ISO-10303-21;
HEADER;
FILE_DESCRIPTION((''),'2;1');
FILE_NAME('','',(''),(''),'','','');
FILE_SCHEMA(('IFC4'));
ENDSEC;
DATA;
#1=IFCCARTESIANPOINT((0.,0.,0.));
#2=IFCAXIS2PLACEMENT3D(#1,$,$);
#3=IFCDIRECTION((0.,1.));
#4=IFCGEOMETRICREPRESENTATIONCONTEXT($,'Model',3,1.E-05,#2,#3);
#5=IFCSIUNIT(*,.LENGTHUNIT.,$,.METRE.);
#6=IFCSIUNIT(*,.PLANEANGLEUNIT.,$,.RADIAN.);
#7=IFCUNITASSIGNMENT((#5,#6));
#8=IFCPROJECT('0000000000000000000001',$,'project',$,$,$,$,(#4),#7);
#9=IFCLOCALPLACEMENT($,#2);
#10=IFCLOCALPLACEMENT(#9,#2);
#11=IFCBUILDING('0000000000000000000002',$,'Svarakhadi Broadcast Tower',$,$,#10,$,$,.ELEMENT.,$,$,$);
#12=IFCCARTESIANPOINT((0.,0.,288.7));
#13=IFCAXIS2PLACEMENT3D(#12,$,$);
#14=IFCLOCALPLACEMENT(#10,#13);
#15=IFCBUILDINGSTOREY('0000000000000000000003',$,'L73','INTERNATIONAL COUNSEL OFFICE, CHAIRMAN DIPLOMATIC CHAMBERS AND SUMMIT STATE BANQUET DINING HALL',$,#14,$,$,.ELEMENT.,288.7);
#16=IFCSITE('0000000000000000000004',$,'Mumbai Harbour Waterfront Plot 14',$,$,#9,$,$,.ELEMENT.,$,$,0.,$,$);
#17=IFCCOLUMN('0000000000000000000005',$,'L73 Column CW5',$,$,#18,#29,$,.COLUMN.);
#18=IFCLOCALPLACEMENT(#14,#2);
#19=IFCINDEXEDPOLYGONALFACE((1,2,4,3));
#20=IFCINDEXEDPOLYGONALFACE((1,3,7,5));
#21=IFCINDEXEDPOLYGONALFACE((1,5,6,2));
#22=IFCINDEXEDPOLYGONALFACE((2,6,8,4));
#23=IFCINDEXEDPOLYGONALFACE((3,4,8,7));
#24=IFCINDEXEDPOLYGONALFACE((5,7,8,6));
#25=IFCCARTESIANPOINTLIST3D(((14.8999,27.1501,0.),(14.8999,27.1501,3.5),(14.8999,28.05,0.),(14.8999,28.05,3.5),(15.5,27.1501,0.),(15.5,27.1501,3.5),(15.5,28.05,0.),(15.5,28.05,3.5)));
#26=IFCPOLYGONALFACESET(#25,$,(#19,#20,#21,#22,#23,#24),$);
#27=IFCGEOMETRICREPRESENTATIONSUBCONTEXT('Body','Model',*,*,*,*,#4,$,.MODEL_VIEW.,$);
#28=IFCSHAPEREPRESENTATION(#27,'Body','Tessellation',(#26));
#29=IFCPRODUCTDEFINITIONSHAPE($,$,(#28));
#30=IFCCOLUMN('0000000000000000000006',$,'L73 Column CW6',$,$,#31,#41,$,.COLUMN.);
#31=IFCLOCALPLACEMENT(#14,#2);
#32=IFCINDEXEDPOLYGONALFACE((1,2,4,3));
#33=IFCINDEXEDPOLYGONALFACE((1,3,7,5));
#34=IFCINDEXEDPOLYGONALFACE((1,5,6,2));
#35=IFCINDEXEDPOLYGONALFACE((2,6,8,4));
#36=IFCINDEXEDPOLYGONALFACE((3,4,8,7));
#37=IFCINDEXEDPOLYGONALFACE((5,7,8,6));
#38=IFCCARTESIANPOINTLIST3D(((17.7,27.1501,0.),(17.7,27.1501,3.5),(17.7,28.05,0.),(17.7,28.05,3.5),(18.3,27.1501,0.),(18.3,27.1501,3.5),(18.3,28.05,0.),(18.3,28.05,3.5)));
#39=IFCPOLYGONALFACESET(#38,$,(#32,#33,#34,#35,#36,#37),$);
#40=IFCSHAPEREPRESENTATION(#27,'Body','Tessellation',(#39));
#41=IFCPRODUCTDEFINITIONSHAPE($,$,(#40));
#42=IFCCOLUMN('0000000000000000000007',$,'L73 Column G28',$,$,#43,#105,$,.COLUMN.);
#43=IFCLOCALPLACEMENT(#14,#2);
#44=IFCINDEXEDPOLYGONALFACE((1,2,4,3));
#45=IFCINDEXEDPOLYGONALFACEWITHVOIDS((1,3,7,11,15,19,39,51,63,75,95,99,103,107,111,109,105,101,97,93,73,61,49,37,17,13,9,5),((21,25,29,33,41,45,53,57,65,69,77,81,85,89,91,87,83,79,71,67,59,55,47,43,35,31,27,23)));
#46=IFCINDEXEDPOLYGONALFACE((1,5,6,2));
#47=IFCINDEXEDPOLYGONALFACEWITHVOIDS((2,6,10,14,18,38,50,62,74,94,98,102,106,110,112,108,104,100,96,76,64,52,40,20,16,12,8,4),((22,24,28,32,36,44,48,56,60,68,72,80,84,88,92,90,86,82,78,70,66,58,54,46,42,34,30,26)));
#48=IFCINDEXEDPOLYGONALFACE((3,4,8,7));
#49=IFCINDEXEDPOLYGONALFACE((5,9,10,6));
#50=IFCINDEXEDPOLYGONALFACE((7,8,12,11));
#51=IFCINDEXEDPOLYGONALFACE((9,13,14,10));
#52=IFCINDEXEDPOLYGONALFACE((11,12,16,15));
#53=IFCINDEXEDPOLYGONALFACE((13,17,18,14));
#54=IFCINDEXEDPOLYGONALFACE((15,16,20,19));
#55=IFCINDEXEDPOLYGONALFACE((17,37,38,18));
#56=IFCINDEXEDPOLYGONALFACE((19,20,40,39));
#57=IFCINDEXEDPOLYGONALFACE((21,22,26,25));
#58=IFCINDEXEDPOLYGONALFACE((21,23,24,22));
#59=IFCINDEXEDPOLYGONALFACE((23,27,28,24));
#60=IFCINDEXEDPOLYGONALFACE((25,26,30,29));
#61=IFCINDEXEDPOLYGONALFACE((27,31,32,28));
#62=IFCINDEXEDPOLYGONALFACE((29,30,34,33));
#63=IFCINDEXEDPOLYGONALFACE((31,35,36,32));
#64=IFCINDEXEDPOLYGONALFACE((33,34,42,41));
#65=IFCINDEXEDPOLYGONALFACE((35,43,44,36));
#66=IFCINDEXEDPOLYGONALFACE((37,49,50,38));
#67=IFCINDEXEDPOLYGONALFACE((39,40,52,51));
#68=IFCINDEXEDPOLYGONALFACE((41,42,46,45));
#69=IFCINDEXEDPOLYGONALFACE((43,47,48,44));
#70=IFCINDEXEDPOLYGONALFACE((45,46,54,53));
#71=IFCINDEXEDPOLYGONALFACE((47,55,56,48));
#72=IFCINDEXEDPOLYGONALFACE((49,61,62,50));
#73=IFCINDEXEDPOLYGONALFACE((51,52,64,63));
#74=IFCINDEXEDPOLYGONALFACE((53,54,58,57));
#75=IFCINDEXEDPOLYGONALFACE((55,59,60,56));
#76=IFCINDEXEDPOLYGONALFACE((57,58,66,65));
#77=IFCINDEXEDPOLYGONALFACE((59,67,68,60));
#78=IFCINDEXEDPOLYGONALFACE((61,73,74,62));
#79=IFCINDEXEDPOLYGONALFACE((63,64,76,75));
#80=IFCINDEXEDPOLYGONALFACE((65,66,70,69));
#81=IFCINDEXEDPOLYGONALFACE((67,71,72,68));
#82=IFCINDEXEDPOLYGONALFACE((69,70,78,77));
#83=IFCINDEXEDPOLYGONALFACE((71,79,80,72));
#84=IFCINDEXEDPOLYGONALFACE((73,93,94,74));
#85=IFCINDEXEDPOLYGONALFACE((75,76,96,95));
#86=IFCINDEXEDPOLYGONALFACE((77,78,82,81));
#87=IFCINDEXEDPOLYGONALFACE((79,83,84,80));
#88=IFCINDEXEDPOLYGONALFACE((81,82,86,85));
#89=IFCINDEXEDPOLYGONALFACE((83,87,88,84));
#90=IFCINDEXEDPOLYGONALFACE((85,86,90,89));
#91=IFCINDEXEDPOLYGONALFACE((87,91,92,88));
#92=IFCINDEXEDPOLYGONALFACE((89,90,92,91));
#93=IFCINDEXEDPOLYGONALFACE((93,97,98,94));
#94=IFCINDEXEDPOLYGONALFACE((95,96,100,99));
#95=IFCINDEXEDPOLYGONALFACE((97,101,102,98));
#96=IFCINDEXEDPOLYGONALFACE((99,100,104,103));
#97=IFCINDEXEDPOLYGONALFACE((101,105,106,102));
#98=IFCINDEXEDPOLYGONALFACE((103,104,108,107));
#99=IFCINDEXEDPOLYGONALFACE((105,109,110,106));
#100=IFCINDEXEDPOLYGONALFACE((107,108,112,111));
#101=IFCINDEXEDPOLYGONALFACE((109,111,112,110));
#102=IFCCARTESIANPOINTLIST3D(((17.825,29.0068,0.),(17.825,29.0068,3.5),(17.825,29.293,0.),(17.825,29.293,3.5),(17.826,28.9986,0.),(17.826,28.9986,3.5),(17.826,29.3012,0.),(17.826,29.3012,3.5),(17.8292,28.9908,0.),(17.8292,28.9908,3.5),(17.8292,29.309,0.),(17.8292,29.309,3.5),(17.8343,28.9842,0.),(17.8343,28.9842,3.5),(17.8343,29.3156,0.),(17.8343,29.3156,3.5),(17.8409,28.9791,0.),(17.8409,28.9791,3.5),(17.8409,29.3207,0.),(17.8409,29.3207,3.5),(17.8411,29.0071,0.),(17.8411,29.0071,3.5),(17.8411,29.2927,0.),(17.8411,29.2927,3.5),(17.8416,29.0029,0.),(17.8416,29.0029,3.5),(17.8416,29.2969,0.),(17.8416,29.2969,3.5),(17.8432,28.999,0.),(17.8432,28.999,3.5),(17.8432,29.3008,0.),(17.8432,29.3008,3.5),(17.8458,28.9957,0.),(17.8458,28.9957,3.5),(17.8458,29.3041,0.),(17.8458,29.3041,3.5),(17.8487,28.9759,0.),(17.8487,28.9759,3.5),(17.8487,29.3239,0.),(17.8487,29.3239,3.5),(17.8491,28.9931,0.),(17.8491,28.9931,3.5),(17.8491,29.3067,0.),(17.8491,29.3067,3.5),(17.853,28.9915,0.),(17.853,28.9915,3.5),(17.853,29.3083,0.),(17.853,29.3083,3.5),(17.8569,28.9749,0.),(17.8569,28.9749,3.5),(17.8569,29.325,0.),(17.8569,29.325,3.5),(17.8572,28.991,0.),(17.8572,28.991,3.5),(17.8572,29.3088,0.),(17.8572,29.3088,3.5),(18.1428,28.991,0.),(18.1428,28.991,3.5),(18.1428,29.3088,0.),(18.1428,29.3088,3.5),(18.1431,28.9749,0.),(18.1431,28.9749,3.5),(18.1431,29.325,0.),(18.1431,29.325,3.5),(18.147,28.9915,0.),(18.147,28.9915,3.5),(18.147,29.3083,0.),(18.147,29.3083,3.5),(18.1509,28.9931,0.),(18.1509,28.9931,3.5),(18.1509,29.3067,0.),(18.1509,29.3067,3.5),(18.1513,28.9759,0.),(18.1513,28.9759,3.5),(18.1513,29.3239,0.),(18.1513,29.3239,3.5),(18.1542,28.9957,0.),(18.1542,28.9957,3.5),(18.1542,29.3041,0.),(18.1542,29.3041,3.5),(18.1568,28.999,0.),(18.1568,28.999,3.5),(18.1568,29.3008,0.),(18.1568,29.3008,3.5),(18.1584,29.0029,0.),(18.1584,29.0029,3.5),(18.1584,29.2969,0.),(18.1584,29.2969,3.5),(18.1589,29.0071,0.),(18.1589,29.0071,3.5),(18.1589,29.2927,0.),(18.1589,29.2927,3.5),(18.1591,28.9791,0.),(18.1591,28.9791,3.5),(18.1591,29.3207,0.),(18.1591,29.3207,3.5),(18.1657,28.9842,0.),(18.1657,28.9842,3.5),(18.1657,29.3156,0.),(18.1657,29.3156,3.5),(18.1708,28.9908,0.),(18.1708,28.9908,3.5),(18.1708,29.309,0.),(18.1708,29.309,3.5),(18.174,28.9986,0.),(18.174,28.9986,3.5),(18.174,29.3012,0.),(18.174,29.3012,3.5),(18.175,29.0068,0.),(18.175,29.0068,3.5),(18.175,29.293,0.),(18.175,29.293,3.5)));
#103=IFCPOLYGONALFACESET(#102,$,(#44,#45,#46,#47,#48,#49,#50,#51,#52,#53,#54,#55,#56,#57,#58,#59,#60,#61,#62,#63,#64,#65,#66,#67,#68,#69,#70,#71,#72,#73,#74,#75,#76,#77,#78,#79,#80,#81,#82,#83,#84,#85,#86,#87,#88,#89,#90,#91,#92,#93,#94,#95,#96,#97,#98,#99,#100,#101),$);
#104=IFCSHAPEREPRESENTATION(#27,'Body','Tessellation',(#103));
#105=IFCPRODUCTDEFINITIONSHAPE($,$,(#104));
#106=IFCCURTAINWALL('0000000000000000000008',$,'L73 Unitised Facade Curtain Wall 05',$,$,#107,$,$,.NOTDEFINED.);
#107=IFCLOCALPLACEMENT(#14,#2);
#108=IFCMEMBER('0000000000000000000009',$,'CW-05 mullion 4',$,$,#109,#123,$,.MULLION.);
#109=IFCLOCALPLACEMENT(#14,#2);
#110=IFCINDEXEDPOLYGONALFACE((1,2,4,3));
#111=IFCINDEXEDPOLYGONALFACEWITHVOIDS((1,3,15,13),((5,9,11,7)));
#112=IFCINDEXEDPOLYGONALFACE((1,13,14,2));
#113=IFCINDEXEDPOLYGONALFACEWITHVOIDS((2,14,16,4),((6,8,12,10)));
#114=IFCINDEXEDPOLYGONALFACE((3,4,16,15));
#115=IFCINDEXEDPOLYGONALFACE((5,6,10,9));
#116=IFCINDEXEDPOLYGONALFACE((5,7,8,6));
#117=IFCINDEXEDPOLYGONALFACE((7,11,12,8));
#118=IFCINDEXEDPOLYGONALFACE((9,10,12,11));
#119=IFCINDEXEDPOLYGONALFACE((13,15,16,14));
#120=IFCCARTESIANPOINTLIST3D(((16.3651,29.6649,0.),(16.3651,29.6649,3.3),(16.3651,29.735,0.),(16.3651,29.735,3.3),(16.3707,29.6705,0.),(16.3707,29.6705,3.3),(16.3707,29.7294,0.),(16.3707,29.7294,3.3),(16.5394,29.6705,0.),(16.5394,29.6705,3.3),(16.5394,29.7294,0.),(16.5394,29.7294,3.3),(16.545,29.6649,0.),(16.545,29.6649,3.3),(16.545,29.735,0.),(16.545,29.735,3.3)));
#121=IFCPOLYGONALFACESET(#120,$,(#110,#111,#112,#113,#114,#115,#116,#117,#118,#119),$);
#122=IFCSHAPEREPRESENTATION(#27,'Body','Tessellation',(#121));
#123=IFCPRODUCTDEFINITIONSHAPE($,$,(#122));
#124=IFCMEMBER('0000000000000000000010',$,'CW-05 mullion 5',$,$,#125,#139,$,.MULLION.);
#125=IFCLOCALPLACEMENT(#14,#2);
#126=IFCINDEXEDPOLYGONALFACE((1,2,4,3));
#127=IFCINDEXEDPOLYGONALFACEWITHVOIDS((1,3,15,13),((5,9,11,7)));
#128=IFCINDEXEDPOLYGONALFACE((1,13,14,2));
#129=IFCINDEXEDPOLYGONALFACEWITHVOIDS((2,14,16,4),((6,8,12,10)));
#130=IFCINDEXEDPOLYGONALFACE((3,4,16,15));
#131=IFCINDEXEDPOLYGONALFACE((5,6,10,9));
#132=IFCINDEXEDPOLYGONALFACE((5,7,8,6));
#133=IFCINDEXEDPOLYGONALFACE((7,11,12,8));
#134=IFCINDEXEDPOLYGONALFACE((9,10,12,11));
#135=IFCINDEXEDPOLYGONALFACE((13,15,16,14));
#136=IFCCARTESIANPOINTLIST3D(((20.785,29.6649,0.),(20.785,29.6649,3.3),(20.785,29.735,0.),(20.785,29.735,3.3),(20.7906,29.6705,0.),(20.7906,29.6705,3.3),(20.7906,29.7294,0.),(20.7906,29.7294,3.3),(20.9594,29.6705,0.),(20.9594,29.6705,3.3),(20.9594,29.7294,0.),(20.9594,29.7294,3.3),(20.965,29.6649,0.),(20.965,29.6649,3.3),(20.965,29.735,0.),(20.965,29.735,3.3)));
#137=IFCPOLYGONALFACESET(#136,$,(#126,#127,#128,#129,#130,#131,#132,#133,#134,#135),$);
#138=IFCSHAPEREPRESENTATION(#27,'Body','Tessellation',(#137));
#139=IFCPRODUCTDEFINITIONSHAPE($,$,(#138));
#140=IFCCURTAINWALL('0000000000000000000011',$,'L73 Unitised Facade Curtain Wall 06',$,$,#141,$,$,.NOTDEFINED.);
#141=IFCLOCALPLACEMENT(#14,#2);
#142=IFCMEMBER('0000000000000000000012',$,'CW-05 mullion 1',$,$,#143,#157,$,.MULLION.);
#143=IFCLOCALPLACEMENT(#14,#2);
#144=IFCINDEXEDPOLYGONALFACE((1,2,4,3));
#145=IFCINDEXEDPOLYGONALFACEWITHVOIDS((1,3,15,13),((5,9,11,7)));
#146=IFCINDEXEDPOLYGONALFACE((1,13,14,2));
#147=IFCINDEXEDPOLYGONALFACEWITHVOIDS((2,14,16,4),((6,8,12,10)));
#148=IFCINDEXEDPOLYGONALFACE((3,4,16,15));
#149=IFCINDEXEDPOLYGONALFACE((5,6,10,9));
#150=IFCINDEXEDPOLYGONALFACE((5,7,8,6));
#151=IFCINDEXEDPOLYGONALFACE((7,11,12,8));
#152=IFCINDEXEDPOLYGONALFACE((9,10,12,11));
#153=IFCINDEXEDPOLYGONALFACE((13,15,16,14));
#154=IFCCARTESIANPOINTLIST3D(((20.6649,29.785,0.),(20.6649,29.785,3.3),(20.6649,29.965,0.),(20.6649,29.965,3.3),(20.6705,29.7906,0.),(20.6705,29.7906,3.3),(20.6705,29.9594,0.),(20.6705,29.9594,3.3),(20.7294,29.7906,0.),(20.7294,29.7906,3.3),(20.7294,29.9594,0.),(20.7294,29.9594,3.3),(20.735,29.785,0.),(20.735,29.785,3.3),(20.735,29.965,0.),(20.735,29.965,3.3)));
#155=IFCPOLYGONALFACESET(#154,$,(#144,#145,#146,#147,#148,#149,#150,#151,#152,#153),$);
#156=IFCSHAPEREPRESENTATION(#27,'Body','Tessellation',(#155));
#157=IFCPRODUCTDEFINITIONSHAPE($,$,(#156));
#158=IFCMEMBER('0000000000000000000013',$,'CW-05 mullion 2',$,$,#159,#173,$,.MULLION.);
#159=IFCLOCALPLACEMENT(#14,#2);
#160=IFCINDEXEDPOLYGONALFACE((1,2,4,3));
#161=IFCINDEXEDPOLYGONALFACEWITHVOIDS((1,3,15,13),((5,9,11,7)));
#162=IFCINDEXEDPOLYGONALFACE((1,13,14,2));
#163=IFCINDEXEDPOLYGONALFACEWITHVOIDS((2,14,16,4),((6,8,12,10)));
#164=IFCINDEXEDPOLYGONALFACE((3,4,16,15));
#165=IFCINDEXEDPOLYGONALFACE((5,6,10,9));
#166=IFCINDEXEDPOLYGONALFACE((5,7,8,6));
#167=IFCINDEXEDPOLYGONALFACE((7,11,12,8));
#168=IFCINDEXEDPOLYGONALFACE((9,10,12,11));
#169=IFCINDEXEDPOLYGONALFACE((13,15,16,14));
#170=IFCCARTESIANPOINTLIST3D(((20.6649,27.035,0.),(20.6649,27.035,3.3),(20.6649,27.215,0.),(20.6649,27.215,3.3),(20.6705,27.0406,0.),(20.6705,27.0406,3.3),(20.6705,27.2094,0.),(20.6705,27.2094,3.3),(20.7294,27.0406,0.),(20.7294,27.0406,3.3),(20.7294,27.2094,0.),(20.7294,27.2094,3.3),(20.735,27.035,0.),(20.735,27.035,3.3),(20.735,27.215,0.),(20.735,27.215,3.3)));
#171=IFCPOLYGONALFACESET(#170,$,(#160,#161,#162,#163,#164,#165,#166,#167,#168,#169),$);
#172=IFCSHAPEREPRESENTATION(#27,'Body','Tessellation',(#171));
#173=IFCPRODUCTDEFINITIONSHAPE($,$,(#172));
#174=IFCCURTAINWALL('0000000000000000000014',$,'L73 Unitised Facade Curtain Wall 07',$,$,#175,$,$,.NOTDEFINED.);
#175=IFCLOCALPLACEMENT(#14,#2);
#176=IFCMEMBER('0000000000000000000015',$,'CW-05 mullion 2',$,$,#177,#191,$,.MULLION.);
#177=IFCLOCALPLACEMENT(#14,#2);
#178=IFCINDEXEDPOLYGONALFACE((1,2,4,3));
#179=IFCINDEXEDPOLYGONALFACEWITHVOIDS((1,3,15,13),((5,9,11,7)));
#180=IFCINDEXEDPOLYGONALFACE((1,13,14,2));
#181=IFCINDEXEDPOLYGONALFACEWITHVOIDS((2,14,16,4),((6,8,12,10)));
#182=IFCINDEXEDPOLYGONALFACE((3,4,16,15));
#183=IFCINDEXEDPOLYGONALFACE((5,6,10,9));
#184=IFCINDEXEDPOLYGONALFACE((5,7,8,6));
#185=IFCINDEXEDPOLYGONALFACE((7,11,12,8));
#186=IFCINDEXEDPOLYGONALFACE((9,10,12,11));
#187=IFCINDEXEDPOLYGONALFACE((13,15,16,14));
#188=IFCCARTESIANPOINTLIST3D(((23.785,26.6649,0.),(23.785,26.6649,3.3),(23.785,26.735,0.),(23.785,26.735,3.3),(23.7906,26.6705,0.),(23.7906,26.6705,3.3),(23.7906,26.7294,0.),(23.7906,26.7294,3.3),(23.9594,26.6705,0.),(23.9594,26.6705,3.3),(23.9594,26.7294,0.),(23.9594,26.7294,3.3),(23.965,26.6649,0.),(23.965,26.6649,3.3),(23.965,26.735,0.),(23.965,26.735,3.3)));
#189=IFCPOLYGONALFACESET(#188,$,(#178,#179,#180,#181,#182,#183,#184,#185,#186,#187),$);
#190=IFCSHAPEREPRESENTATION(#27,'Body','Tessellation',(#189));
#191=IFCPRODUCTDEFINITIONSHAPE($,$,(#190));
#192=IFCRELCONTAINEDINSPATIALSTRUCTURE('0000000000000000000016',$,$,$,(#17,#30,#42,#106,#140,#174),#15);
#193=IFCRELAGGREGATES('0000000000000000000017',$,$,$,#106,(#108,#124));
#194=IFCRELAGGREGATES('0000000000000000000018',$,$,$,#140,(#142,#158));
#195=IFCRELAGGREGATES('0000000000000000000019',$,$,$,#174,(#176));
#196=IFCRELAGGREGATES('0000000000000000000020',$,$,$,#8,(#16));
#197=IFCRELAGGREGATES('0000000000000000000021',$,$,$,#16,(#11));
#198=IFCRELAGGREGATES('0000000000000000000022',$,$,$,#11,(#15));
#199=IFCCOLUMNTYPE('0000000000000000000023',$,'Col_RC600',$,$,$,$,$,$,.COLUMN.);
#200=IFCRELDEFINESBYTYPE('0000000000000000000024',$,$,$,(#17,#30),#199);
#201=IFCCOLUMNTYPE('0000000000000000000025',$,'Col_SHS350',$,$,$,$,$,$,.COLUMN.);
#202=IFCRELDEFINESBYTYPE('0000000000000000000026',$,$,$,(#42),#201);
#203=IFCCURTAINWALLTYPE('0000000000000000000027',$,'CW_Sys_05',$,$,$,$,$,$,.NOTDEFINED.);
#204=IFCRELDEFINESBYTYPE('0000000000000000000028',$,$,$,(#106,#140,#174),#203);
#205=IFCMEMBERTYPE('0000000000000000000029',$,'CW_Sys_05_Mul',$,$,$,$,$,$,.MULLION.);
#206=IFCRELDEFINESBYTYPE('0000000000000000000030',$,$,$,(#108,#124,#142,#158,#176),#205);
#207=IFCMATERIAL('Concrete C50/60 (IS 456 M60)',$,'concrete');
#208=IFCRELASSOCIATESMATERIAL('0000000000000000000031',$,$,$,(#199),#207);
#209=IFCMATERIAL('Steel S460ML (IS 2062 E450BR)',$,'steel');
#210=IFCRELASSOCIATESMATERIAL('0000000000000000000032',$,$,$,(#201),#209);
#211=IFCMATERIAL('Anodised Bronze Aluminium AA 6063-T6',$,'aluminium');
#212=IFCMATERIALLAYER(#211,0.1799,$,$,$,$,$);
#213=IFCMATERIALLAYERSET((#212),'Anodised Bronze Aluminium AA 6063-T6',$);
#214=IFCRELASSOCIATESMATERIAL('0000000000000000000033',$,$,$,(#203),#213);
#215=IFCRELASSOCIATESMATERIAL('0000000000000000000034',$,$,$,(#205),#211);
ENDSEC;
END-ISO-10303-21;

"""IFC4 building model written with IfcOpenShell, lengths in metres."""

from ifc_helpers import new_model, si_unit, direction, frame, origin, origin_2d, place, context, subcontext, project, spatial, rectangle, hollow_rectangle, extrude, material, layer, layer_set, material_profile, profile_set, type_object, element, aggregate, save


model = new_model("IFC4")

# Units and contexts
model_context = context("Model", 3, precision=1e-05, world=origin(), true_north=direction((0.0, 1.0)))
body_context = subcontext(model_context, "Body", "Model", "MODEL_VIEW")
ifc_project = project(units=[si_unit("LENGTHUNIT", "METRE"), si_unit("PLANEANGLEUNIT", "RADIAN")], contexts=[model_context])

# Site, building, storey
site_placement = place(None, origin())
site = spatial("IfcSite", under=ifc_project, at=site_placement, Name="Mumbai Harbour Waterfront Plot 14", CompositionType="ELEMENT", RefElevation=0.0)
building_placement = place(site_placement, origin())
building = spatial("IfcBuilding", under=site, at=building_placement, Name="Svarakhadi Broadcast Tower", CompositionType="ELEMENT")
storey_placement = place(building_placement, frame((0.0, 0.0, 288.7)))
storey = spatial("IfcBuildingStorey", under=building, at=storey_placement, Name="L73", Description="INTERNATIONAL COUNSEL OFFICE, CHAIRMAN DIPLOMATIC CHAMBERS AND SUMMIT STATE BANQUET DINING HALL", CompositionType="ELEMENT", Elevation=288.7)

# Columns
ifc_material_1 = material(Name="Concrete C50/60 (IS 456 M60)", Category="concrete")
ifc_material_profile_1 = material_profile(ifc_material_1, rectangle(XDim=0.6001, YDim=0.8999, at=origin_2d()), Name="RC 600x900")
ifc_profile_set_1 = profile_set([ifc_material_profile_1], Name="Concrete C50/60 (IS 456 M60)")
column_type_1 = type_object("IfcColumnType", Name="Col_RC600", PredefinedType="COLUMN", material=ifc_profile_set_1)
for number, where, z_axis, x_axis, name in (
    (1, (15.2, 27.6001, 0.0), (0.0, 0.0, 1.0), (1.0, 0.0, 0.0), "L73 Column CW5"),
    (2, (18.0, 27.6001, 0.0), (0.0, 0.0, 1.0), (1.0, 0.0, 0.0), "L73 Column CW6"),
):
    element("IfcColumn", number, at=place(storey_placement, frame(where, z_axis=z_axis, x_axis=x_axis)), inside=storey, type_object=column_type_1, Name=name, PredefinedType="COLUMN", context=body_context, shape_type="SweptSolid", body=[
        extrude(rectangle(XDim=0.6001, YDim=0.8999, at=origin_2d()), origin(), (0.0, 0.0, 1.0), 3.5),
    ])
ifc_material_2 = material(Name="Steel S460ML (IS 2062 E450BR)", Category="steel")
ifc_material_profile_2 = material_profile(ifc_material_2, hollow_rectangle(XDim=0.3501, YDim=0.3501, WallThickness=0.0161, InnerFilletRadius=0.0161, OuterFilletRadius=0.032, at=origin_2d()), Name="SHS 350x350x16")
ifc_profile_set_2 = profile_set([ifc_material_profile_2], Name="Steel S460ML (IS 2062 E450BR)")
column_type_2 = type_object("IfcColumnType", Name="Col_SHS350", PredefinedType="COLUMN", material=ifc_profile_set_2)
column_placement = place(storey_placement, frame((18.0, 29.1499, 0.0), z_axis=(0.0, 0.0, 1.0), x_axis=(1.0, 0.0, 0.0)))
element("IfcColumn", 3, at=column_placement, inside=storey, type_object=column_type_2, Name="L73 Column G28", PredefinedType="COLUMN", context=body_context, shape_type="SweptSolid", body=[
    extrude(hollow_rectangle(XDim=0.3501, YDim=0.3501, WallThickness=0.0161, InnerFilletRadius=0.0161, OuterFilletRadius=0.032, at=origin_2d()), origin(), (0.0, 0.0, 1.0), 3.5),
])

# Curtain walls, members
ifc_material_3 = material(Name="Anodised Bronze Aluminium AA 6063-T6", Category="aluminium")
ifc_layer_1 = layer(ifc_material_3, 0.1799)
ifc_layer_set_1 = layer_set([ifc_layer_1], Name="Anodised Bronze Aluminium AA 6063-T6")
curtain_wall_type = type_object("IfcCurtainWallType", Name="CW_Sys_05", PredefinedType="NOTDEFINED", material=ifc_layer_set_1)
curtain_wall_1_placement = place(storey_placement, origin())
curtain_wall_1 = element("IfcCurtainWall", 4, at=curtain_wall_1_placement, inside=storey, type_object=curtain_wall_type, Name="L73 Unitised Facade Curtain Wall 05", PredefinedType="NOTDEFINED")
ifc_material_profile_3 = material_profile(ifc_material_3, hollow_rectangle(XDim=0.0701, YDim=0.1799, WallThickness=0.0056, at=origin_2d()), Name="ALU MULLION 180x70x6")
ifc_profile_set_3 = profile_set([ifc_material_profile_3], Name="Anodised Bronze Aluminium AA 6063-T6")
member_type_1 = type_object("IfcMemberType", Name="CW_Sys_05_Mul", PredefinedType="MULLION", material=ifc_profile_set_3)
member_1_placement = place(storey_placement, frame((16.4551, 29.7, 0.0), z_axis=(0.0, 0.0, 1.0), x_axis=(0.0, 1.0, 0.0)))
member_1 = element("IfcMember", 5, at=member_1_placement, type_object=member_type_1, Name="CW-05 mullion 4", PredefinedType="MULLION", context=body_context, shape_type="SweptSolid", body=[
    extrude(hollow_rectangle(XDim=0.0701, YDim=0.1799, WallThickness=0.0056, at=origin_2d()), origin(), (0.0, 0.0, 1.0), 3.3),
])
member_2_placement = place(storey_placement, frame((20.875, 29.7, 0.0), z_axis=(0.0, 0.0, 1.0), x_axis=(0.0, 1.0, 0.0)))
member_2 = element("IfcMember", 6, at=member_2_placement, type_object=member_type_1, Name="CW-05 mullion 5", PredefinedType="MULLION", context=body_context, shape_type="SweptSolid", body=[
    extrude(hollow_rectangle(XDim=0.0701, YDim=0.1799, WallThickness=0.0056, at=origin_2d()), origin(), (0.0, 0.0, 1.0), 3.3),
])
curtain_wall_2_placement = place(storey_placement, origin())
curtain_wall_2 = element("IfcCurtainWall", 7, at=curtain_wall_2_placement, inside=storey, type_object=curtain_wall_type, Name="L73 Unitised Facade Curtain Wall 06", PredefinedType="NOTDEFINED")
member_3_placement = place(storey_placement, frame((20.7, 29.875, 0.0), z_axis=(0.0, 0.0, 1.0), x_axis=(1.0, 0.0, 0.0)))
member_3 = element("IfcMember", 8, at=member_3_placement, type_object=member_type_1, Name="CW-05 mullion 1", PredefinedType="MULLION", context=body_context, shape_type="SweptSolid", body=[
    extrude(hollow_rectangle(XDim=0.0701, YDim=0.1799, WallThickness=0.0056, at=origin_2d()), origin(), (0.0, 0.0, 1.0), 3.3),
])
member_4_placement = place(storey_placement, frame((20.7, 27.125, 0.0), z_axis=(0.0, 0.0, 1.0), x_axis=(1.0, 0.0, 0.0)))
member_4 = element("IfcMember", 9, at=member_4_placement, type_object=member_type_1, Name="CW-05 mullion 2", PredefinedType="MULLION", context=body_context, shape_type="SweptSolid", body=[
    extrude(hollow_rectangle(XDim=0.0701, YDim=0.1799, WallThickness=0.0056, at=origin_2d()), origin(), (0.0, 0.0, 1.0), 3.3),
])

# Curtain wall, member
curtain_wall_3_placement = place(storey_placement, origin())
curtain_wall_3 = element("IfcCurtainWall", 10, at=curtain_wall_3_placement, inside=storey, type_object=curtain_wall_type, Name="L73 Unitised Facade Curtain Wall 07", PredefinedType="NOTDEFINED")
member_5_placement = place(storey_placement, frame((23.875, 26.7, 0.0), z_axis=(0.0, 0.0, 1.0), x_axis=(0.0, 1.0, 0.0)))
member_5 = element("IfcMember", 11, at=member_5_placement, type_object=member_type_1, Name="CW-05 mullion 2", PredefinedType="MULLION", context=body_context, shape_type="SweptSolid", body=[
    extrude(hollow_rectangle(XDim=0.0701, YDim=0.1799, WallThickness=0.0056, at=origin_2d()), origin(), (0.0, 0.0, 1.0), 3.3),
])

aggregate(curtain_wall_1, [member_1, member_2])
aggregate(curtain_wall_2, [member_3, member_4])
aggregate(curtain_wall_3, [member_5])

save(model, "model.ifc")
